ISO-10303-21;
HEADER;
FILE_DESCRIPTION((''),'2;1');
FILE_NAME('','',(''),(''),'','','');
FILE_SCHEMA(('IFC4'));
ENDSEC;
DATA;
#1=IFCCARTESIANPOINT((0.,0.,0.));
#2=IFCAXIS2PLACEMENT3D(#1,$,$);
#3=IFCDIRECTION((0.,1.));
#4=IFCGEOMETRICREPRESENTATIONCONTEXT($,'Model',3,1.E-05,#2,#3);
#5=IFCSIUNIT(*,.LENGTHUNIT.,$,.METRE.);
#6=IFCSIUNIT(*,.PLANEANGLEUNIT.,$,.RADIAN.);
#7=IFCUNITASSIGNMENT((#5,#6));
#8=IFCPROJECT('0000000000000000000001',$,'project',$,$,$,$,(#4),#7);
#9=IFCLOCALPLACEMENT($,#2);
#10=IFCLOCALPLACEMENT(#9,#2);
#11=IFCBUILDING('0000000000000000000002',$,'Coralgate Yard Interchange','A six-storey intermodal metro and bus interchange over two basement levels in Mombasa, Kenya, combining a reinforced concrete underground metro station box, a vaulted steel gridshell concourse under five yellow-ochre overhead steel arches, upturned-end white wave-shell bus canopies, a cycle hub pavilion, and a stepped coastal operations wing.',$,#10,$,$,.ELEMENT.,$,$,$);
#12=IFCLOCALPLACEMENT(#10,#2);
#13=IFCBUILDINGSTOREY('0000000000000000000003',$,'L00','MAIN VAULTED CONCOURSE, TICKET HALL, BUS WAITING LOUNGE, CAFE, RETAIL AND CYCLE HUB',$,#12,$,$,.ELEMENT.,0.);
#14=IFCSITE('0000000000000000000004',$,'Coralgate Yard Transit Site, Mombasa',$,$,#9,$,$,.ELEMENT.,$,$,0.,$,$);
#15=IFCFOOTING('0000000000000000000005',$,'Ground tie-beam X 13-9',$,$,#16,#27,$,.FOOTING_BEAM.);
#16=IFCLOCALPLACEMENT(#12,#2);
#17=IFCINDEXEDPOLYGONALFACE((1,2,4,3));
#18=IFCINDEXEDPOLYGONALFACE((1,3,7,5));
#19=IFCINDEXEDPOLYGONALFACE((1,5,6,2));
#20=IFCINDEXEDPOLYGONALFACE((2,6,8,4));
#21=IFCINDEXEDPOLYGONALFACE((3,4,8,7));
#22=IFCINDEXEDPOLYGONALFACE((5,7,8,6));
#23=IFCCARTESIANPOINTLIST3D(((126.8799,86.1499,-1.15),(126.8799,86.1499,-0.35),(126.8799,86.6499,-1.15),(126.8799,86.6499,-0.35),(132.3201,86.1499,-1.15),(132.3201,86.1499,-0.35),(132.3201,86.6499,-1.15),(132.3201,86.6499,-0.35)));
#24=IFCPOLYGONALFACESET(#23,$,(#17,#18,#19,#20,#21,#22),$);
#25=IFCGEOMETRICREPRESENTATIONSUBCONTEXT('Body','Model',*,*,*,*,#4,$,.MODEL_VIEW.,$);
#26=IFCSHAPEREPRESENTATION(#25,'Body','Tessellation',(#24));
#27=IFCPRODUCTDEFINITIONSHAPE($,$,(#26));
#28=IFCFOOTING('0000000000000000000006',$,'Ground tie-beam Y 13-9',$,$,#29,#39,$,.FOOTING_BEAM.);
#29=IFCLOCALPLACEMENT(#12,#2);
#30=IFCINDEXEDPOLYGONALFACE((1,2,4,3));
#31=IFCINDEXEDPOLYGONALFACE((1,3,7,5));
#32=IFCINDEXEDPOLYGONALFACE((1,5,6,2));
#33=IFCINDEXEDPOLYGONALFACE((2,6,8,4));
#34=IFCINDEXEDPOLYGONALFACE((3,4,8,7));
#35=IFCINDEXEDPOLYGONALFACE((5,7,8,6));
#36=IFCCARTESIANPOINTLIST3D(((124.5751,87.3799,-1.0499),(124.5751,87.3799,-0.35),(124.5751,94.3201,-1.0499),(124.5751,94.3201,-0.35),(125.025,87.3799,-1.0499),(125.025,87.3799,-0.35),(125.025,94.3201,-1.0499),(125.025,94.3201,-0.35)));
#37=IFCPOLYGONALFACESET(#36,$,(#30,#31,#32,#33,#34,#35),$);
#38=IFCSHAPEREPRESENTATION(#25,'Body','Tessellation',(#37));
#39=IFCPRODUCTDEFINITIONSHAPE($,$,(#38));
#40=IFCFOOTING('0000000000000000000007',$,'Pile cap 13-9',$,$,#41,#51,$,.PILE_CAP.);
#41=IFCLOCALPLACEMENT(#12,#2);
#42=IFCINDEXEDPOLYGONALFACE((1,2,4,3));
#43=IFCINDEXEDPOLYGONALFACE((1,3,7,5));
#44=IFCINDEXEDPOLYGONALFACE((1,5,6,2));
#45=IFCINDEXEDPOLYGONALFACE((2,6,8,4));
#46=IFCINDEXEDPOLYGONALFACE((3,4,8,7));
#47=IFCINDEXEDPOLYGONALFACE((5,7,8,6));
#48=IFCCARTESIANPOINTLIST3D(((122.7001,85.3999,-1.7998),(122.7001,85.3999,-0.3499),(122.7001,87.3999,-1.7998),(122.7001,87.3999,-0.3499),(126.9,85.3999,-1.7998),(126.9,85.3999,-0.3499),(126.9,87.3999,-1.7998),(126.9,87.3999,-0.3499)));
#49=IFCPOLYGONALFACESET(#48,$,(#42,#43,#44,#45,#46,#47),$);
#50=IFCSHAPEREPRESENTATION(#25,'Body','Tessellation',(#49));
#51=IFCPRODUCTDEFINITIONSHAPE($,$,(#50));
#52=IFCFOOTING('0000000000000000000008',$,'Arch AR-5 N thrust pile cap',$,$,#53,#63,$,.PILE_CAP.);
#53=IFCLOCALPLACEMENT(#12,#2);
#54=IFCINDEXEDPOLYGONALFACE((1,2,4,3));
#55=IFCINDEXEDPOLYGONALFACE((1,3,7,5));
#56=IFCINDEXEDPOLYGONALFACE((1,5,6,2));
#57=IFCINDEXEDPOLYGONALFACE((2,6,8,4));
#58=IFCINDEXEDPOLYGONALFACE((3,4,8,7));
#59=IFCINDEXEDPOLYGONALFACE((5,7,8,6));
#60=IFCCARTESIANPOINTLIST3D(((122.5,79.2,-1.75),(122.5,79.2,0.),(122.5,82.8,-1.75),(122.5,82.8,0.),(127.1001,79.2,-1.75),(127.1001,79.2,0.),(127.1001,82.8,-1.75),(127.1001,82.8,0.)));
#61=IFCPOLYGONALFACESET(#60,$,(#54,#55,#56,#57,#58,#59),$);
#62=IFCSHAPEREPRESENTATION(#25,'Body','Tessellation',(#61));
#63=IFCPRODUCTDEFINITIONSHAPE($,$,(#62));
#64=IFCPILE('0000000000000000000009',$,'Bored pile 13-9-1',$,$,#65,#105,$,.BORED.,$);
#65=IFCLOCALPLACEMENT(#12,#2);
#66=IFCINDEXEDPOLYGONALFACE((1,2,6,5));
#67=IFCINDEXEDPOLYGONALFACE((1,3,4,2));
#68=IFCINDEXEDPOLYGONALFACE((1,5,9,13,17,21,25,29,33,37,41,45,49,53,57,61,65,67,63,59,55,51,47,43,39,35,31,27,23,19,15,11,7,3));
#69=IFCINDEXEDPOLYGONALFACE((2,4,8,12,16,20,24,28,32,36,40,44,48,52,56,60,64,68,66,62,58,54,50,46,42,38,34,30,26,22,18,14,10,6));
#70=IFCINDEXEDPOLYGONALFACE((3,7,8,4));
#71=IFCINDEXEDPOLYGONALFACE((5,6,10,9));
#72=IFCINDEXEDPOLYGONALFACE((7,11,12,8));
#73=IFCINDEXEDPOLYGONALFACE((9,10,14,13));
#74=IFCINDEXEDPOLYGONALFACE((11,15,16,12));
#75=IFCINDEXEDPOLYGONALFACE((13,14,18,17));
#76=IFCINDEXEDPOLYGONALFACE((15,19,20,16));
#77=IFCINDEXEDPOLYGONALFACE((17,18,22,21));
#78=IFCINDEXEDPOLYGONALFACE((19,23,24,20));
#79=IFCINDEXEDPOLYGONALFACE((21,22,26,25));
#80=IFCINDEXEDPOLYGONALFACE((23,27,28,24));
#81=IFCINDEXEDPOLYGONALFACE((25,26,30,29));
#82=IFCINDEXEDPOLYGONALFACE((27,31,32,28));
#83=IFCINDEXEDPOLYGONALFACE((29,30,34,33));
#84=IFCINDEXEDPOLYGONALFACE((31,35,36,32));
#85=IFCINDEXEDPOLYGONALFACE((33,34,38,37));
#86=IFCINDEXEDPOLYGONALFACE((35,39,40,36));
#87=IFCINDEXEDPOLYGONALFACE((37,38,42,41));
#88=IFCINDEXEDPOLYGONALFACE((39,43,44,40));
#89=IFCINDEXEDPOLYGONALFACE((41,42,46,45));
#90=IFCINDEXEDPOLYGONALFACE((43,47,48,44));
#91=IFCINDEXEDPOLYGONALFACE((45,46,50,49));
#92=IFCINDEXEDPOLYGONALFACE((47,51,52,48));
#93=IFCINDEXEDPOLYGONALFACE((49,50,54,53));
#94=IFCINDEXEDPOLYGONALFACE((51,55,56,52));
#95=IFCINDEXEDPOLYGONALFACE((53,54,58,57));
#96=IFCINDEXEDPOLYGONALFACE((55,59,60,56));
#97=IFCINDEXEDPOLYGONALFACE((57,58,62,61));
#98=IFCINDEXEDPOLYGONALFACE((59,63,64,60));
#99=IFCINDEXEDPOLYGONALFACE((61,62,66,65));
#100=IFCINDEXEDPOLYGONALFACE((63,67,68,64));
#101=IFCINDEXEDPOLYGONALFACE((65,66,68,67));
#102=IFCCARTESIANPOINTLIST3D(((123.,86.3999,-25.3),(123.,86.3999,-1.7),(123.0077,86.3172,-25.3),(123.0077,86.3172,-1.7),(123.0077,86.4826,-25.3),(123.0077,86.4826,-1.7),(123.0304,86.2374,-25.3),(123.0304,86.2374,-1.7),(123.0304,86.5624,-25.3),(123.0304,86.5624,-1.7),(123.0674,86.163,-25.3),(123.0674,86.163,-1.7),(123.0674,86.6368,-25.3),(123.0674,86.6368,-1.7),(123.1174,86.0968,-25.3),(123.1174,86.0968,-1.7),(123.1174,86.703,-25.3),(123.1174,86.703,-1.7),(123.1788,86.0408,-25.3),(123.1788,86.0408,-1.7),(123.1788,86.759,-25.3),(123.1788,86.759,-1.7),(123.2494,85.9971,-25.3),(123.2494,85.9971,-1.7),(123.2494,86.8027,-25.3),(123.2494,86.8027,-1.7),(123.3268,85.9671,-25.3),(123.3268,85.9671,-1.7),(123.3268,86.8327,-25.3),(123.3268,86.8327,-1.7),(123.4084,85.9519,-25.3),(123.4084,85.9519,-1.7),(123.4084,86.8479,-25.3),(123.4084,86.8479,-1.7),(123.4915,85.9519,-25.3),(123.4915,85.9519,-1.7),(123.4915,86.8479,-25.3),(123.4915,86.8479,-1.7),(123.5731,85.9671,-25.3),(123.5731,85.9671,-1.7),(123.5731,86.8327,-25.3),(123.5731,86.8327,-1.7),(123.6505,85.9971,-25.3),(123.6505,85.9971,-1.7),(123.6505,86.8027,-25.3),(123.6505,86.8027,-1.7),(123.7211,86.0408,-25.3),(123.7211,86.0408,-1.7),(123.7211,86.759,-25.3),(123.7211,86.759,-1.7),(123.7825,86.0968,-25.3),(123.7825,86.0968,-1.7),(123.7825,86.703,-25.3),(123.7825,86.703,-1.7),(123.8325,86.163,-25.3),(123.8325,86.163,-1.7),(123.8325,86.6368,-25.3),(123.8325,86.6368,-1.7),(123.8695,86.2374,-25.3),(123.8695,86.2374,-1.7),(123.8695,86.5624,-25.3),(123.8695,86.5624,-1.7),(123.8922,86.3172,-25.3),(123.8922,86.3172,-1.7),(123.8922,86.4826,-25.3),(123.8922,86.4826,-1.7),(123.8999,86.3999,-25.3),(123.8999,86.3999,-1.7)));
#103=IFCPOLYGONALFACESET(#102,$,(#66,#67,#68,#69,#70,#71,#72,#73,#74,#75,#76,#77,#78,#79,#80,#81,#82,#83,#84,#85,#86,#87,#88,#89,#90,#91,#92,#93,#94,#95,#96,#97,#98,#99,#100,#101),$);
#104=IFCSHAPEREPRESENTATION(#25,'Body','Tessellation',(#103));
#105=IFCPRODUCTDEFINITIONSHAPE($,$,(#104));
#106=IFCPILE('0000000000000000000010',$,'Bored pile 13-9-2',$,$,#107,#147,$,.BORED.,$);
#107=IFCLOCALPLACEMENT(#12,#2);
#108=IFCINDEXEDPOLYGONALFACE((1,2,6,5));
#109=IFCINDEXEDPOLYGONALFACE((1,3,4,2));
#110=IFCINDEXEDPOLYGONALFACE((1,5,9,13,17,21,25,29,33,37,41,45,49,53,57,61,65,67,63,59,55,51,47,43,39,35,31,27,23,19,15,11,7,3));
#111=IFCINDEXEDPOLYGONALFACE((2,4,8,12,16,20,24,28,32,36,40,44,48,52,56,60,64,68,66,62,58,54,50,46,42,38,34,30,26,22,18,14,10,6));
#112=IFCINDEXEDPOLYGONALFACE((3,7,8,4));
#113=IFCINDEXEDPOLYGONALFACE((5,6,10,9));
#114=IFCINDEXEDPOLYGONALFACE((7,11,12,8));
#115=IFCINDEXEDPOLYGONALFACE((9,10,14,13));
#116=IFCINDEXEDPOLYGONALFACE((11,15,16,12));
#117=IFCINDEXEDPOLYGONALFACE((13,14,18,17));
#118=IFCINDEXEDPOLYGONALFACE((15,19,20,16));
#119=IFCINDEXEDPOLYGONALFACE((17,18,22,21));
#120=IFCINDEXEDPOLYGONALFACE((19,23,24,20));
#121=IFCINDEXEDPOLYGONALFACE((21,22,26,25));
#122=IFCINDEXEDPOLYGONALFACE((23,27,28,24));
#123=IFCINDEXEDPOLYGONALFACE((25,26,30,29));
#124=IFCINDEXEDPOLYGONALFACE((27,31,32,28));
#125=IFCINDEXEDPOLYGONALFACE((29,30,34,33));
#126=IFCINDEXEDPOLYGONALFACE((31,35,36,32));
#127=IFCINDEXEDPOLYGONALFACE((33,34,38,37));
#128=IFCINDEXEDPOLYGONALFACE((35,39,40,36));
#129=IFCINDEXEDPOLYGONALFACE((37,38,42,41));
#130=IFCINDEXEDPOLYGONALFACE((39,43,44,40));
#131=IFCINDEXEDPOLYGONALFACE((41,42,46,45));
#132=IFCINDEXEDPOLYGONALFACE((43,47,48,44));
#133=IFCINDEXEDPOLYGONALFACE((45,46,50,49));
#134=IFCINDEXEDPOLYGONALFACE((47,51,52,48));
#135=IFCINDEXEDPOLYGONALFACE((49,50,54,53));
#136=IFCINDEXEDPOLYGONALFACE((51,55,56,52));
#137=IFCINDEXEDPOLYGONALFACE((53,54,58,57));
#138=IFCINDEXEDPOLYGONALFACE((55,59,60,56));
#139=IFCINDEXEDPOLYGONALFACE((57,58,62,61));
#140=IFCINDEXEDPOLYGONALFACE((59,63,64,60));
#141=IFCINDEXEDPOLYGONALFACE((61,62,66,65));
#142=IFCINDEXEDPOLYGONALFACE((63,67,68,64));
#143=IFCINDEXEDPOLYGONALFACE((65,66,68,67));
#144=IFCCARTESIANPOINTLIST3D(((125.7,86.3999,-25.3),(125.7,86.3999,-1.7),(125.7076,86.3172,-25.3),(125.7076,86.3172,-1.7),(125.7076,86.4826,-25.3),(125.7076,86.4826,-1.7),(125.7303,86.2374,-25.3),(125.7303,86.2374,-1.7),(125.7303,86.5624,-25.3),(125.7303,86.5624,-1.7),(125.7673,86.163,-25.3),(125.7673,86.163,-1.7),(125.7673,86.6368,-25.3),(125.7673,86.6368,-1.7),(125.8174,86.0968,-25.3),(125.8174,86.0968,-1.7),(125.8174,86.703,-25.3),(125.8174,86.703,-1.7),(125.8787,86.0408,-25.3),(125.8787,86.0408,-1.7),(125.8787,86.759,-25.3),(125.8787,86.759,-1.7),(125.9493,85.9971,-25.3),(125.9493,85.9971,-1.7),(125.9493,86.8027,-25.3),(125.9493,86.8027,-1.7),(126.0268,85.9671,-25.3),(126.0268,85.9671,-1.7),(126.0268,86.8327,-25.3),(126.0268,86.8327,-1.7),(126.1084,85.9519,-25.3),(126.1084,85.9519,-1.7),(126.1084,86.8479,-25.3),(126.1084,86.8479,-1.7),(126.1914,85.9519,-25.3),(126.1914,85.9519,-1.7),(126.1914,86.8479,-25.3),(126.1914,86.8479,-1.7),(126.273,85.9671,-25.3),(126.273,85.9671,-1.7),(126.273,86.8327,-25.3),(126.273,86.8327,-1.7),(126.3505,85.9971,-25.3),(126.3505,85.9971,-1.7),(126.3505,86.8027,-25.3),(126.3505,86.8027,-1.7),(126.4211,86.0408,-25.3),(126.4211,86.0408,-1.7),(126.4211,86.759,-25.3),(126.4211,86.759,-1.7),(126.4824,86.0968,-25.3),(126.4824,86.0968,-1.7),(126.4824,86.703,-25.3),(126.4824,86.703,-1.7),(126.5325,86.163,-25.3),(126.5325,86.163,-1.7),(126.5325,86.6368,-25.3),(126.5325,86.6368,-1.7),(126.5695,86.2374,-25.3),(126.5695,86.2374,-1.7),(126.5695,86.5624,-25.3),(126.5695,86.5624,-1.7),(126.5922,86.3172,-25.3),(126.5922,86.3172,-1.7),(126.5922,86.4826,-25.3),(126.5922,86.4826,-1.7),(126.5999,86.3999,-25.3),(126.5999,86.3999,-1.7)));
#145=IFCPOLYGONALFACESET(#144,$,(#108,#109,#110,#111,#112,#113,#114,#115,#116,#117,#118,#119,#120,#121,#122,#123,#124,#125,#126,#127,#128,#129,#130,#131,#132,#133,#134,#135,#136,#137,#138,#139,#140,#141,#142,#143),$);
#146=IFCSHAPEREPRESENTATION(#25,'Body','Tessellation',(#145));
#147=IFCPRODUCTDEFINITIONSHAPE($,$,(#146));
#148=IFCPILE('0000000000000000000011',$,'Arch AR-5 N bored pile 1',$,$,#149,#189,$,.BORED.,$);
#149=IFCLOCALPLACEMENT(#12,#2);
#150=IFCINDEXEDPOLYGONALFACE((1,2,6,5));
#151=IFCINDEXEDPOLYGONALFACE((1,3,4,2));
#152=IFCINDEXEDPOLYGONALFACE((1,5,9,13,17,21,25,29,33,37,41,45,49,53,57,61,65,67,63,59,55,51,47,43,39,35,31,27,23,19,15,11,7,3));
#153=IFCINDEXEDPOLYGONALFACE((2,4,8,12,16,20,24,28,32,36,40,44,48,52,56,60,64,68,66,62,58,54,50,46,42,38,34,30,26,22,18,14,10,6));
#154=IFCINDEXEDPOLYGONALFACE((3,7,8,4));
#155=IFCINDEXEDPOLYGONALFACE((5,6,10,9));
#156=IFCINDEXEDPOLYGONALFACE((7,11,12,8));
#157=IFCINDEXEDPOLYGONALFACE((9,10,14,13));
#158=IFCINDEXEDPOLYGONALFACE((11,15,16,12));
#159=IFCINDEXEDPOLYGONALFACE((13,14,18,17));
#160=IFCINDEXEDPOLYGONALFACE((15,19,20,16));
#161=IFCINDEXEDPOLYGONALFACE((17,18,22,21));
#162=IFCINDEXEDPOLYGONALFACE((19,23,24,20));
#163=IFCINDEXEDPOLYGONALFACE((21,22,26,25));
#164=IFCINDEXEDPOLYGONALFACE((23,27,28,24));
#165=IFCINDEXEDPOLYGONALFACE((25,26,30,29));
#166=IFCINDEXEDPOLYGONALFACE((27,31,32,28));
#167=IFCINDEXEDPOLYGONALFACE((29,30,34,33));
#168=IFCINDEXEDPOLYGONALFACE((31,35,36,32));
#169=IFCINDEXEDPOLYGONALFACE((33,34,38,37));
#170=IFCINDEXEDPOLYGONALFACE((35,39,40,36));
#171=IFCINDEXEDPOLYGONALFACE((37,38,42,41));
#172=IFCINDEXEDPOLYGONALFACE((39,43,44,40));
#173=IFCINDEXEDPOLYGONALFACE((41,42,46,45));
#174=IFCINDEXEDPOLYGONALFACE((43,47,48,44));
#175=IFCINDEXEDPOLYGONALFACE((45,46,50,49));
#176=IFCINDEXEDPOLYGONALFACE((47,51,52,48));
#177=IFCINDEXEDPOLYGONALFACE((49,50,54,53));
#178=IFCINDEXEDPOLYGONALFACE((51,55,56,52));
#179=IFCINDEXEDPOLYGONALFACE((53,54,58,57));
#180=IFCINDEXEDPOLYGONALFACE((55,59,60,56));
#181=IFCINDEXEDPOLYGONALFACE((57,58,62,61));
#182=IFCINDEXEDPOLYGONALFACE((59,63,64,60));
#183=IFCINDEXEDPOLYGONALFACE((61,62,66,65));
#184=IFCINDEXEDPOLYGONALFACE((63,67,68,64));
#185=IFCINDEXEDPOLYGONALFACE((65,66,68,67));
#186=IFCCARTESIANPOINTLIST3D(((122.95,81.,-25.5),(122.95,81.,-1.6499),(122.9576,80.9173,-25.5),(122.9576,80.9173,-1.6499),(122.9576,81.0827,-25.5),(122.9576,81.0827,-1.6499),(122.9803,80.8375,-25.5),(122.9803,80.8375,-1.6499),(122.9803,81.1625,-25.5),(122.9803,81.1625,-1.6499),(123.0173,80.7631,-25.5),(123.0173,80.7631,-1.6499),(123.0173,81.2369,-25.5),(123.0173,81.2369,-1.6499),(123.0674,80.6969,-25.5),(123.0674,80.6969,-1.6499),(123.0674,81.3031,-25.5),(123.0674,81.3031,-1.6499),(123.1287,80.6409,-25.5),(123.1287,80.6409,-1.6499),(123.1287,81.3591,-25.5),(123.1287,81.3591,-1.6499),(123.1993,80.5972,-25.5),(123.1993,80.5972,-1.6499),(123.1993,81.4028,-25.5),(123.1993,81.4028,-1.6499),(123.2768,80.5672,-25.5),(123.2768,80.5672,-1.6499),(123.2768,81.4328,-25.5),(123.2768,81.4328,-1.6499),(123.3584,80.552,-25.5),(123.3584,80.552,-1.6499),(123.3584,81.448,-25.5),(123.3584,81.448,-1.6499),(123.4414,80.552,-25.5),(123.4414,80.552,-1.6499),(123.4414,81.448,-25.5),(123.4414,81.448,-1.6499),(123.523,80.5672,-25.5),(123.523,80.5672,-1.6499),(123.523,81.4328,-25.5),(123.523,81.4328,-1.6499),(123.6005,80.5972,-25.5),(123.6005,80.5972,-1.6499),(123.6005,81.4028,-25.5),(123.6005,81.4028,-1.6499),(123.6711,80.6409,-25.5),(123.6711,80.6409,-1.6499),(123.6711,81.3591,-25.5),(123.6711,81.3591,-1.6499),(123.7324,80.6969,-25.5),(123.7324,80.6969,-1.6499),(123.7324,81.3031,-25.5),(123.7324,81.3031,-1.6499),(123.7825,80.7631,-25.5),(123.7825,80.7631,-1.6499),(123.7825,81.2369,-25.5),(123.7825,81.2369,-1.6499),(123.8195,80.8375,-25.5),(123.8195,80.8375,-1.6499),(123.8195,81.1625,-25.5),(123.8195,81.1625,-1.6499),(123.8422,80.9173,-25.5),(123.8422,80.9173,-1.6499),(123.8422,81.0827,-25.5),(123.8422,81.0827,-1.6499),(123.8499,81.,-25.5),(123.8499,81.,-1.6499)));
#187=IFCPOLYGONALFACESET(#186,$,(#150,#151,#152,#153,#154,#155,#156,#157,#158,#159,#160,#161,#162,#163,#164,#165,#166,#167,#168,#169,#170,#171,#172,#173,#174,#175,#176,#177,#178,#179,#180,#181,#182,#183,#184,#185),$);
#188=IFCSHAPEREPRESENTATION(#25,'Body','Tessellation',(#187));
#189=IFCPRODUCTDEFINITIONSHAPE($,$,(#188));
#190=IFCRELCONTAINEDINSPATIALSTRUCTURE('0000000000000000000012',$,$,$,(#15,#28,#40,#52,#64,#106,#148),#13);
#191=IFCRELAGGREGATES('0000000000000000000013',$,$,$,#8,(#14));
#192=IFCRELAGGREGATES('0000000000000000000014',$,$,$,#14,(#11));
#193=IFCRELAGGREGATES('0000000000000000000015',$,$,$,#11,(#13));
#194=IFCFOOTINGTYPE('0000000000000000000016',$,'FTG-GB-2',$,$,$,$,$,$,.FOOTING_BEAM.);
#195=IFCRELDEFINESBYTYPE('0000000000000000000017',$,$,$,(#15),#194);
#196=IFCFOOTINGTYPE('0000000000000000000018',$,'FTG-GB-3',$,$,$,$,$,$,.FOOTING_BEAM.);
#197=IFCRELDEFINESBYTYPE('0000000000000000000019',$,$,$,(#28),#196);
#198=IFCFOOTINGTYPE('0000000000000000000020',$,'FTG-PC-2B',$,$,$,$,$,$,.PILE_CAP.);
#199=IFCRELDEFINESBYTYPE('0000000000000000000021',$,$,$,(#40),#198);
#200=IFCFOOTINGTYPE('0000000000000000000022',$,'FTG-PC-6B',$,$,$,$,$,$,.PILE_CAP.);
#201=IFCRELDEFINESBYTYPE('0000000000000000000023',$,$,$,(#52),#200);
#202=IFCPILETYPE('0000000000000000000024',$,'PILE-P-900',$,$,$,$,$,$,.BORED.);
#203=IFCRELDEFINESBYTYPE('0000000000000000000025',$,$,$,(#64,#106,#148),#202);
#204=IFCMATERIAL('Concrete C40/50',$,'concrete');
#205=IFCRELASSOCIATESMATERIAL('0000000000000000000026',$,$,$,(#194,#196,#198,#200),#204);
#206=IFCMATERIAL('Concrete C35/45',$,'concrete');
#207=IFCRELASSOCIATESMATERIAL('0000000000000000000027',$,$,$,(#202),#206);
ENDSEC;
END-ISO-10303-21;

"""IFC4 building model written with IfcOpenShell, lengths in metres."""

from ifc_helpers import new_model, si_unit, direction, frame, origin, origin_2d, place, context, subcontext, project, spatial, rectangle, circle, extrude, material, material_profile, profile_set, type_object, element, save


model = new_model("IFC4")

# Units and contexts
model_context = context("Model", 3, precision=1e-05, world=origin(), true_north=direction((0.0, 1.0)))
body_context = subcontext(model_context, "Body", "Model", "MODEL_VIEW")
ifc_project = project(units=[si_unit("LENGTHUNIT", "METRE"), si_unit("PLANEANGLEUNIT", "RADIAN")], contexts=[model_context])

# Site, building, storey
site_placement = place(None, origin())
site = spatial("IfcSite", under=ifc_project, at=site_placement, Name="Coralgate Yard Transit Site, Mombasa", CompositionType="ELEMENT", RefElevation=0.0)
building_placement = place(site_placement, origin())
building = spatial("IfcBuilding", under=site, at=building_placement, Name="Coralgate Yard Interchange", Description="A six-storey intermodal metro and bus interchange over two basement levels in Mombasa, Kenya, combining a reinforced concrete underground metro station box, a vaulted steel gridshell concourse under five yellow-ochre overhead steel arches, upturned-end white wave-shell bus canopies, a cycle hub pavilion, and a stepped coastal operations wing.", CompositionType="ELEMENT")
storey_placement = place(building_placement, origin())
storey = spatial("IfcBuildingStorey", under=building, at=storey_placement, Name="L00", Description="MAIN VAULTED CONCOURSE, TICKET HALL, BUS WAITING LOUNGE, CAFE, RETAIL AND CYCLE HUB", CompositionType="ELEMENT", Elevation=0.0)

# Footings
ifc_material_1 = material(Name="Concrete C40/50", Category="concrete")
ifc_material_profile_1 = material_profile(ifc_material_1, rectangle(XDim=0.5, YDim=0.8, at=origin_2d()), Name="RC 500x800")
ifc_profile_set_1 = profile_set([ifc_material_profile_1], Name="Concrete C40/50")
footing_type_1 = type_object("IfcFootingType", Name="FTG-GB-2", PredefinedType="FOOTING_BEAM", material=ifc_profile_set_1)
footing_1_placement = place(storey_placement, frame((126.8799, 86.3999, -0.75), z_axis=(1.0, 0.0, 0.0), x_axis=(0.0, 1.0, 0.0)))
element("IfcFooting", 1, at=footing_1_placement, inside=storey, type_object=footing_type_1, Name="Ground tie-beam X 13-9", PredefinedType="FOOTING_BEAM", context=body_context, shape_type="SweptSolid", body=[
    extrude(rectangle(XDim=0.5, YDim=0.8, at=origin_2d()), origin(), (0.0, 0.0, 1.0), 5.4402),
])
ifc_material_profile_2 = material_profile(ifc_material_1, rectangle(XDim=0.45, YDim=0.7, at=origin_2d()), Name="RC 450x700")
ifc_profile_set_2 = profile_set([ifc_material_profile_2], Name="Concrete C40/50")
footing_type_2 = type_object("IfcFootingType", Name="FTG-GB-3", PredefinedType="FOOTING_BEAM", material=ifc_profile_set_2)
footing_2_placement = place(storey_placement, frame((124.8, 87.3799, -0.7), z_axis=(0.0, 1.0, 0.0), x_axis=(-1.0, 0.0, 0.0)))
element("IfcFooting", 2, at=footing_2_placement, inside=storey, type_object=footing_type_2, Name="Ground tie-beam Y 13-9", PredefinedType="FOOTING_BEAM", context=body_context, shape_type="SweptSolid", body=[
    extrude(rectangle(XDim=0.45, YDim=0.7, at=origin_2d()), origin(), (0.0, 0.0, 1.0), 6.9402),
])
footing_type_3 = type_object("IfcFootingType", Name="FTG-PC-2B", PredefinedType="PILE_CAP", material=ifc_material_1)
footing_3_placement = place(storey_placement, frame((124.8, 86.3999, -1.7998), z_axis=(0.0, 0.0, 1.0), x_axis=(1.0, 0.0, 0.0)))
element("IfcFooting", 3, at=footing_3_placement, inside=storey, type_object=footing_type_3, Name="Pile cap 13-9", PredefinedType="PILE_CAP", context=body_context, shape_type="SweptSolid", body=[
    extrude(rectangle(XDim=4.2, YDim=2.0, at=origin_2d()), origin(), (0.0, 0.0, 1.0), 1.45),
])
footing_type_4 = type_object("IfcFootingType", Name="FTG-PC-6B", PredefinedType="PILE_CAP", material=ifc_material_1)
footing_4_placement = place(storey_placement, frame((124.8, 81.0, -1.75), z_axis=(0.0, 0.0, 1.0), x_axis=(1.0, 0.0, 0.0)))
element("IfcFooting", 4, at=footing_4_placement, inside=storey, type_object=footing_type_4, Name="Arch AR-5 N thrust pile cap", PredefinedType="PILE_CAP", context=body_context, shape_type="SweptSolid", body=[
    extrude(rectangle(XDim=4.6001, YDim=3.6001, at=origin_2d()), origin(), (0.0, 0.0, 1.0), 1.75),
])

# Piles
ifc_material_2 = material(Name="Concrete C35/45", Category="concrete")
ifc_material_profile_3 = material_profile(ifc_material_2, circle(Radius=0.45, at=origin_2d()), Name="BORED PILE D900")
ifc_profile_set_3 = profile_set([ifc_material_profile_3], Name="Concrete C35/45")
pile_type = type_object("IfcPileType", Name="PILE-P-900", PredefinedType="BORED", material=ifc_profile_set_3)
for number, where, z_axis, x_axis, name in (
    (5, (123.45, 86.3999, -1.7), (0.0, 0.0, -1.0), (1.0, 0.0, 0.0), "Bored pile 13-9-1"),
    (6, (126.1499, 86.3999, -1.7), (0.0, 0.0, -1.0), (1.0, 0.0, 0.0), "Bored pile 13-9-2"),
):
    element("IfcPile", number, at=place(storey_placement, frame(where, z_axis=z_axis, x_axis=x_axis)), inside=storey, type_object=pile_type, Name=name, PredefinedType="BORED", context=body_context, shape_type="SweptSolid", body=[
        extrude(circle(Radius=0.45, at=origin_2d()), origin(), (0.0, 0.0, 1.0), 23.6001),
    ])
for number, where, z_axis, x_axis, name in (
    (7, (123.3999, 81.0, -1.6499), (0.0, 0.0, -1.0), (1.0, 0.0, 0.0), "Arch AR-5 N bored pile 1"),
):
    element("IfcPile", number, at=place(storey_placement, frame(where, z_axis=z_axis, x_axis=x_axis)), inside=storey, type_object=pile_type, Name=name, PredefinedType="BORED", context=body_context, shape_type="SweptSolid", body=[
        extrude(circle(Radius=0.45, at=origin_2d()), origin(), (0.0, 0.0, 1.0), 23.8501),
    ])

save(model, "model.ifc")
